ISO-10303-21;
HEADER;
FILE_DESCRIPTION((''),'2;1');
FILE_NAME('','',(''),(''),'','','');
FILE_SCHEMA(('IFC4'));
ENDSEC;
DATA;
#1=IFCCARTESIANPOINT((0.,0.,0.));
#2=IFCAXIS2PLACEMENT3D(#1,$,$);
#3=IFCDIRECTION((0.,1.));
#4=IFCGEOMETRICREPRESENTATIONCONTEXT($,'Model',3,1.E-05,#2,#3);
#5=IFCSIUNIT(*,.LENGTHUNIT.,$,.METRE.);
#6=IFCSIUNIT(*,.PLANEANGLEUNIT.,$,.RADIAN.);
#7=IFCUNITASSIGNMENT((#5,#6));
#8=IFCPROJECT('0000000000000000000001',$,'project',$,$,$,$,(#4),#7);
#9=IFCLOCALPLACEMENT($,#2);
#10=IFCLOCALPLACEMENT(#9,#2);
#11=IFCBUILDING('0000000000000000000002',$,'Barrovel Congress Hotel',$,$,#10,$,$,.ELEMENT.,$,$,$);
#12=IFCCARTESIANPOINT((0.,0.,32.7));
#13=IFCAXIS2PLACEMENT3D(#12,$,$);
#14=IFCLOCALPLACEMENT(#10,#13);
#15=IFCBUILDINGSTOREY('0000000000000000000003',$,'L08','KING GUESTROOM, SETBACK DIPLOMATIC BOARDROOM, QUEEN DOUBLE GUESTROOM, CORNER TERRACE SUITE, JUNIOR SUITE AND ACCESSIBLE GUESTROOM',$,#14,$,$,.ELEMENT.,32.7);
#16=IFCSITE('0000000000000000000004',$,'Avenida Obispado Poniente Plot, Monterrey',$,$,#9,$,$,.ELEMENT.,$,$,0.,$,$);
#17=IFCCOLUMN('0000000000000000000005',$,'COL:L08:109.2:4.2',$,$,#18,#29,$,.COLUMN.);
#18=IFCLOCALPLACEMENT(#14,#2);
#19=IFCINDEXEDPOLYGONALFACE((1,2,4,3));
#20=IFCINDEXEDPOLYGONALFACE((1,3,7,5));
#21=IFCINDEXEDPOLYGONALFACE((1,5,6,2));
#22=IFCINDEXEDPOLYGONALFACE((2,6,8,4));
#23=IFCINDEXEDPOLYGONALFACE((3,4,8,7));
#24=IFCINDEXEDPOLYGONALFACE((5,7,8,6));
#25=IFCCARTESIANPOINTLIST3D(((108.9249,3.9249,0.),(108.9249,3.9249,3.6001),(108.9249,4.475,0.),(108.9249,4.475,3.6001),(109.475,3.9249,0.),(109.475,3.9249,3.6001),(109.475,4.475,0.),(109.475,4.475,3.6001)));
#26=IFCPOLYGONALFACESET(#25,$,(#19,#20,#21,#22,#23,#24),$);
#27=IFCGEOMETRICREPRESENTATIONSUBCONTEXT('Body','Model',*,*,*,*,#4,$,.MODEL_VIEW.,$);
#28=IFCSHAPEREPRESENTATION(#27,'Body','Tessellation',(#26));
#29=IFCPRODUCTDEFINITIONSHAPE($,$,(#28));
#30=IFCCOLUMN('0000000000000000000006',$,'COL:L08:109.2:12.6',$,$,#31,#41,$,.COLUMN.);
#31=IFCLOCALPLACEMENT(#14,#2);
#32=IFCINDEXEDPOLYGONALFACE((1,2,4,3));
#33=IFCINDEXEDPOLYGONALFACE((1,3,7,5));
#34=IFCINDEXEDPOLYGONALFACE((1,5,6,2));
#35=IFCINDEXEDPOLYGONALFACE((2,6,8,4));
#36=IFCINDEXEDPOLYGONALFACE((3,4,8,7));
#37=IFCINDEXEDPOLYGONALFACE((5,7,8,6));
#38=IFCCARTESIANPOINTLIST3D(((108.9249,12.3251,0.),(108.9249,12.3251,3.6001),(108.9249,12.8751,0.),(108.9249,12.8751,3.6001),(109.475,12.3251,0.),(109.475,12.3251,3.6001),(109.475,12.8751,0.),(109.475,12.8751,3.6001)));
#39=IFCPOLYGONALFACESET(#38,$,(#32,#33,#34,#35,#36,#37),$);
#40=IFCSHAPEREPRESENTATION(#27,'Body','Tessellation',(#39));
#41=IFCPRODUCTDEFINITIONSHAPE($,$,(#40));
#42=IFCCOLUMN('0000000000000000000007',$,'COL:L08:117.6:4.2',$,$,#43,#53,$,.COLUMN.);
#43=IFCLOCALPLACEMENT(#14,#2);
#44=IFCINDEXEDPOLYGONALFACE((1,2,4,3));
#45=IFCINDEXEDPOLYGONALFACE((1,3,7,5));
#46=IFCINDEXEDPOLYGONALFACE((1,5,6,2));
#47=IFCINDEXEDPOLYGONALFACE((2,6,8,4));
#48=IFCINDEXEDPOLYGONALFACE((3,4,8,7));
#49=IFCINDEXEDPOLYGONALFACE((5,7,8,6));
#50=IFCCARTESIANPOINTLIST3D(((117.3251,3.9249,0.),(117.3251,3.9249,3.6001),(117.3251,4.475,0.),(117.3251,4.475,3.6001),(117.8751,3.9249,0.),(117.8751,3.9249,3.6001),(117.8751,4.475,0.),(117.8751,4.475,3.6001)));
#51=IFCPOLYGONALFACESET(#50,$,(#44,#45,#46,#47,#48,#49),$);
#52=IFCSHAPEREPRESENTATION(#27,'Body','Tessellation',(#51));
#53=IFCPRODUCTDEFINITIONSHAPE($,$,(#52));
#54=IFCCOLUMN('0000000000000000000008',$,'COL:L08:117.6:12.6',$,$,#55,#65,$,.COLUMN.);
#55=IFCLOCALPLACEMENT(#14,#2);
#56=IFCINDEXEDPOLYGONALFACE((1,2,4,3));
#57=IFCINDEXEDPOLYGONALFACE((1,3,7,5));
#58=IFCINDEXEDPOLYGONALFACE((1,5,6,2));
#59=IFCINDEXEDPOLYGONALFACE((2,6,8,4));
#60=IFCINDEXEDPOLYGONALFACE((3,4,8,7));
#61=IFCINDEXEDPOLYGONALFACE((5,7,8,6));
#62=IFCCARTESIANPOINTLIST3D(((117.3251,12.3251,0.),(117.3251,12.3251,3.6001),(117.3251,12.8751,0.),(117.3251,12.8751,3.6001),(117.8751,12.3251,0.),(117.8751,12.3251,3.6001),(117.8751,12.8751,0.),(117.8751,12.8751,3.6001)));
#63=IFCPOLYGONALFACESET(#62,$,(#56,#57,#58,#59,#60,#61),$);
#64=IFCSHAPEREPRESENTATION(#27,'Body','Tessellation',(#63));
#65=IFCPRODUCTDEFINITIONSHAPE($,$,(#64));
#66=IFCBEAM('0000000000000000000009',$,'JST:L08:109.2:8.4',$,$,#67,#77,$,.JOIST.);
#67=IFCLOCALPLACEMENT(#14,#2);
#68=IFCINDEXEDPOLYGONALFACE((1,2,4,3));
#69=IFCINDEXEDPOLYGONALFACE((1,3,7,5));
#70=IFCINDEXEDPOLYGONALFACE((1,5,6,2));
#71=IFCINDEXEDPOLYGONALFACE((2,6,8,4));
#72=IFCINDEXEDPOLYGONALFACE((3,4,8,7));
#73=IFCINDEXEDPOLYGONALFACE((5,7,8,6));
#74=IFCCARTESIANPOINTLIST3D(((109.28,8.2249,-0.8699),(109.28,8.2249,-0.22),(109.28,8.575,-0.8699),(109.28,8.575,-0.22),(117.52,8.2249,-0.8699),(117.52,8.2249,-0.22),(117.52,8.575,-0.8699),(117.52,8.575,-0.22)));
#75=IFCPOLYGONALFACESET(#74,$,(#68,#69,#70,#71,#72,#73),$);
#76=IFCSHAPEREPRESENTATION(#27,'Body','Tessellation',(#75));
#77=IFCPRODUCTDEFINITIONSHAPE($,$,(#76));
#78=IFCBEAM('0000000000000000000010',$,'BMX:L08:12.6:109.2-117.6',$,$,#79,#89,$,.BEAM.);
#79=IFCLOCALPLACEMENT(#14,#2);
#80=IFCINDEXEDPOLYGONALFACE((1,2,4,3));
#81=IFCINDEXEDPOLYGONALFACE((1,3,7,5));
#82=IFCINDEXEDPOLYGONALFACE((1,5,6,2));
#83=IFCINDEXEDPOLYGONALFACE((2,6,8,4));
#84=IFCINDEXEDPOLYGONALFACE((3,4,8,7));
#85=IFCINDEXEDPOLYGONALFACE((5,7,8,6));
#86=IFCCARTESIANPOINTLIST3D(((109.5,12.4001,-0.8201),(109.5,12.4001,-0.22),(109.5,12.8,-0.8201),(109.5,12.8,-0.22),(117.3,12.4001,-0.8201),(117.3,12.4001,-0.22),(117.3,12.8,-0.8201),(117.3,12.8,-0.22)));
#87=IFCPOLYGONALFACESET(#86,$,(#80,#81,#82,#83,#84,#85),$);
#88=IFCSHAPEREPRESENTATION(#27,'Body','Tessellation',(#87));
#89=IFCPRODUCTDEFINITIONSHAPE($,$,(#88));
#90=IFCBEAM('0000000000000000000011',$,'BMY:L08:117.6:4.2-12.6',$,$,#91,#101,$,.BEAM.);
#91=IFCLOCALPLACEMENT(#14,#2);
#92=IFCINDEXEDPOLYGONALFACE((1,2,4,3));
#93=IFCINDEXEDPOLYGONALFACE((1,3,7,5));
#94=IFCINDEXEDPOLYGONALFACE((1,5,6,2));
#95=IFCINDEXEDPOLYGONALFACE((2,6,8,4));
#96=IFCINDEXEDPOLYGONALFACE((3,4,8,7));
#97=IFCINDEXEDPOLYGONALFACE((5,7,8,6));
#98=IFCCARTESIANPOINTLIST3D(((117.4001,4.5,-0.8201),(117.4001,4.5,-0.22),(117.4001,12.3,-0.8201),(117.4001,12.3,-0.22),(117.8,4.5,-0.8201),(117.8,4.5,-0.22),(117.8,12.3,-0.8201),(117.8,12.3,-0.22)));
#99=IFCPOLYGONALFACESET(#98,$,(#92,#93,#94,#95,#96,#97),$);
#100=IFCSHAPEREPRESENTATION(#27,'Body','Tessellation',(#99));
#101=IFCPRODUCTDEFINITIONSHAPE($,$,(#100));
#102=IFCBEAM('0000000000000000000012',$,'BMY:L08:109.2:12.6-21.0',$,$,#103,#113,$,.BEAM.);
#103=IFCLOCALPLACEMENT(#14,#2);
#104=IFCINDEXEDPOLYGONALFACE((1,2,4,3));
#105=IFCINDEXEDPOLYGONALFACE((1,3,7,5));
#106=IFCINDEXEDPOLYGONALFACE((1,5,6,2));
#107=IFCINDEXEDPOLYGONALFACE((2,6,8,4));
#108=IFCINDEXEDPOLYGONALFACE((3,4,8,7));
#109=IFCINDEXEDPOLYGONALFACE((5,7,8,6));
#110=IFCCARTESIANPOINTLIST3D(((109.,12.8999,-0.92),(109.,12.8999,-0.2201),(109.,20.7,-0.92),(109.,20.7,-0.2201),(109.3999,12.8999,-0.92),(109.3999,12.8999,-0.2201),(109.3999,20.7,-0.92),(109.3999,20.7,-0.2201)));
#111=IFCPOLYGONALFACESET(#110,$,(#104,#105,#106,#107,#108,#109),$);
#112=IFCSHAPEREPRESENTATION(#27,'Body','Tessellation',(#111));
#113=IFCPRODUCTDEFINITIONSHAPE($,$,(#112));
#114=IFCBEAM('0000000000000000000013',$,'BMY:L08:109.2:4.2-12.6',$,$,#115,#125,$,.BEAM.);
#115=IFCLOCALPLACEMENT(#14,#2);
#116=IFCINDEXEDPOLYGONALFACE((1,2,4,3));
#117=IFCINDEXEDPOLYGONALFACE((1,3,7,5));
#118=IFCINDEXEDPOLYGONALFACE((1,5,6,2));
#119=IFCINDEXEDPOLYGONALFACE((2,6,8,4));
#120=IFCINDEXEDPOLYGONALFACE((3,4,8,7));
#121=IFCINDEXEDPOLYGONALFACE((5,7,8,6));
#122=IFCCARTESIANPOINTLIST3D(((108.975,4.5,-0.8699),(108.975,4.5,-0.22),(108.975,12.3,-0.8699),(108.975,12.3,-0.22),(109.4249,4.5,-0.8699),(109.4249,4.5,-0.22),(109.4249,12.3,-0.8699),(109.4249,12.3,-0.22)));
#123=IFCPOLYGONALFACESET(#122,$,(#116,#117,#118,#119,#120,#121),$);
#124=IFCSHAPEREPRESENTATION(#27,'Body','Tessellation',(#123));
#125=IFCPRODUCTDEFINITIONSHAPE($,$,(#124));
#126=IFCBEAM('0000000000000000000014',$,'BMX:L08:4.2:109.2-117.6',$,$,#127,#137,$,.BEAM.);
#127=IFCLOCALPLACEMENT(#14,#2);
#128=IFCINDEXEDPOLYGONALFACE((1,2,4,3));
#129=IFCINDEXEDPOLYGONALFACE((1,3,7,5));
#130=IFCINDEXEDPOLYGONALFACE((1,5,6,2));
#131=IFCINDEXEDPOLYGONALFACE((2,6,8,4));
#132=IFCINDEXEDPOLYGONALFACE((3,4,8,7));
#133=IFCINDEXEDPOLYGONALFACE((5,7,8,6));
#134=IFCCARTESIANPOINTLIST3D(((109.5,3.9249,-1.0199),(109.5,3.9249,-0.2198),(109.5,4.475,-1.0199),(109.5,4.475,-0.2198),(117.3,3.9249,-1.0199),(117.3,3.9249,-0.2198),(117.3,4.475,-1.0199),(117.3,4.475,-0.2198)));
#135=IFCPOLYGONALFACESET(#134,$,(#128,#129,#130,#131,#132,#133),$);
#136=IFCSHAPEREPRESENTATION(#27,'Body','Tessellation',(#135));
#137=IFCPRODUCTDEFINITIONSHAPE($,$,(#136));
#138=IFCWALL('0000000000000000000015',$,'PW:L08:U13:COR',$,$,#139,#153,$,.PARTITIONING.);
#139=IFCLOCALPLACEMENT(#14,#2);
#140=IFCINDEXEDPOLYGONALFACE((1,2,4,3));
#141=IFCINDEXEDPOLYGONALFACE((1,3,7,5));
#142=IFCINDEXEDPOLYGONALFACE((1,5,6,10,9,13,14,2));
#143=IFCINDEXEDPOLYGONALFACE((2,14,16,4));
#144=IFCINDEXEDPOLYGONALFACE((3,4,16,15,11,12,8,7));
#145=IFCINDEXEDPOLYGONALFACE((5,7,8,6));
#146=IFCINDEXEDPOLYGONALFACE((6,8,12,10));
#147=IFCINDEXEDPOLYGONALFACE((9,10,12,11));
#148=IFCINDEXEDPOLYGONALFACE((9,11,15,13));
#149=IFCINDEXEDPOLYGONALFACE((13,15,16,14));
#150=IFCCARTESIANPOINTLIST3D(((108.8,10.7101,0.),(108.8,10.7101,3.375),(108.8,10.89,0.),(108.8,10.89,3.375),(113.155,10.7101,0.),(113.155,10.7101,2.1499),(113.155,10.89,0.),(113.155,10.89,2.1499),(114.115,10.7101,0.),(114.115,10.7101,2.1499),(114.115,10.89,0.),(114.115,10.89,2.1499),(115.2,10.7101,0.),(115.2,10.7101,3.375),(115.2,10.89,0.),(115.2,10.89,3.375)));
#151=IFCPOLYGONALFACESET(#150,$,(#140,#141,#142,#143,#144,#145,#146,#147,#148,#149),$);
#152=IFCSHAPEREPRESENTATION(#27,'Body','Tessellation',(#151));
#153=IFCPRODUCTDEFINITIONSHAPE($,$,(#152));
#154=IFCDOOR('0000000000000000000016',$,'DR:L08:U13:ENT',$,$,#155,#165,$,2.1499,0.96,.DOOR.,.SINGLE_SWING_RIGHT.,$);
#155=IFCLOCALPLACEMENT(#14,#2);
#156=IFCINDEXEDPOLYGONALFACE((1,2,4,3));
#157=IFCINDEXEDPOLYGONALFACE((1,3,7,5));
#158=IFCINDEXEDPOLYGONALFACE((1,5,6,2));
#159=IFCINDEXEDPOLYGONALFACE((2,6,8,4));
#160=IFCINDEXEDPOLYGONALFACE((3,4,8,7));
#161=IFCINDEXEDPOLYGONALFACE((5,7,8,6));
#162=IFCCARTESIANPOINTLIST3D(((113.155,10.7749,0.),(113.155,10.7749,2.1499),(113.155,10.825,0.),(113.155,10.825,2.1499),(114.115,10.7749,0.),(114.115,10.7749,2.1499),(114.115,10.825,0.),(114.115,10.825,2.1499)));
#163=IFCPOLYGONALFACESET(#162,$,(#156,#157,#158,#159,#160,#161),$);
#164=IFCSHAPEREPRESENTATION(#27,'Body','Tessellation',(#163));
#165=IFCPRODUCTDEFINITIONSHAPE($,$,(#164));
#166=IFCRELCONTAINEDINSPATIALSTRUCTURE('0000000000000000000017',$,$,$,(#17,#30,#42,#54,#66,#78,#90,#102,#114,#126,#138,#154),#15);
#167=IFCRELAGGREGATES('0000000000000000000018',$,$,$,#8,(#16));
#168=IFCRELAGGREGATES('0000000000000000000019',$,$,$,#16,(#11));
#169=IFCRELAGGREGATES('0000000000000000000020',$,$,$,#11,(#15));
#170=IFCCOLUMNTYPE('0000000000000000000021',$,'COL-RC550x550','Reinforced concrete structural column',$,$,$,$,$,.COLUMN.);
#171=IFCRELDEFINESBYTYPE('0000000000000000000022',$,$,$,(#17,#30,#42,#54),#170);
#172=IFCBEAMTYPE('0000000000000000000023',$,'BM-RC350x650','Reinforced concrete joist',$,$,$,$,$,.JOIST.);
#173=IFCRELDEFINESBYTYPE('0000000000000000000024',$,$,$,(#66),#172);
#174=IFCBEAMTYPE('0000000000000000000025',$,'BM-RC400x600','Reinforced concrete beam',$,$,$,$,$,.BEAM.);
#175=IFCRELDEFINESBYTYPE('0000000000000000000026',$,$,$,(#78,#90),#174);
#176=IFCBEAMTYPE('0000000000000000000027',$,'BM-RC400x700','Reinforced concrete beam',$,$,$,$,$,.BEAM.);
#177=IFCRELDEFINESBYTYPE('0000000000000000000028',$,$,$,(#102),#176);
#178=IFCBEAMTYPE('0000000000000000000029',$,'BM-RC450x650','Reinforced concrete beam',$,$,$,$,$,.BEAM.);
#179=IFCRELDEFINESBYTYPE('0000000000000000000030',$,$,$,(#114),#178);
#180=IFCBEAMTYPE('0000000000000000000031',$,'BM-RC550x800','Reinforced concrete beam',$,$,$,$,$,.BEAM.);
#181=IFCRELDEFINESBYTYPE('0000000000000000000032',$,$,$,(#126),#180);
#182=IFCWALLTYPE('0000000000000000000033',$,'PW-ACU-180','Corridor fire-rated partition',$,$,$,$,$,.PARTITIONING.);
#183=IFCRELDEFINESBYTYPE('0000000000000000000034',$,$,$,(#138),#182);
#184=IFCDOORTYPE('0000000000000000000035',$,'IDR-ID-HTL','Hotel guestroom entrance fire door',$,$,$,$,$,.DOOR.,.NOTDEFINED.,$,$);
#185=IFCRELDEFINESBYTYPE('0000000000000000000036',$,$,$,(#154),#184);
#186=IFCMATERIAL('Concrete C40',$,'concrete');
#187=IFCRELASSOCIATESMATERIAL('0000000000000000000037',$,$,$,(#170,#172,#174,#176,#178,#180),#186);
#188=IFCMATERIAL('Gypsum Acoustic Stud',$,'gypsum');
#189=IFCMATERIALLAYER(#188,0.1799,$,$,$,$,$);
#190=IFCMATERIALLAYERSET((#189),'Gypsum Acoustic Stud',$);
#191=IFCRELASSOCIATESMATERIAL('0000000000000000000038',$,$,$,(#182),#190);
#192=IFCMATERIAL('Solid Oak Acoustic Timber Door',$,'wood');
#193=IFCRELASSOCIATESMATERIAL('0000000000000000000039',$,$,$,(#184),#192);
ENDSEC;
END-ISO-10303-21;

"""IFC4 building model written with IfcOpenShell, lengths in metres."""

from ifc_helpers import new_model, si_unit, direction, frame, frame_2d, origin, origin_2d, place, context, subcontext, project, spatial, rectangle, extrude, material, layer, layer_set, material_profile, profile_set, type_object, element, fill, save


model = new_model("IFC4")

# Units and contexts
model_context = context("Model", 3, precision=1e-05, world=origin(), true_north=direction((0.0, 1.0)))
body_context = subcontext(model_context, "Body", "Model", "MODEL_VIEW")
ifc_project = project(units=[si_unit("LENGTHUNIT", "METRE"), si_unit("PLANEANGLEUNIT", "RADIAN")], contexts=[model_context])

# Site, building, storey
site_placement = place(None, origin())
site = spatial("IfcSite", under=ifc_project, at=site_placement, Name="Avenida Obispado Poniente Plot, Monterrey", CompositionType="ELEMENT", RefElevation=0.0)
building_placement = place(site_placement, origin())
building = spatial("IfcBuilding", under=site, at=building_placement, Name="Barrovel Congress Hotel", CompositionType="ELEMENT")
storey_placement = place(building_placement, frame((0.0, 0.0, 32.7)))
storey = spatial("IfcBuildingStorey", under=building, at=storey_placement, Name="L08", Description="KING GUESTROOM, SETBACK DIPLOMATIC BOARDROOM, QUEEN DOUBLE GUESTROOM, CORNER TERRACE SUITE, JUNIOR SUITE AND ACCESSIBLE GUESTROOM", CompositionType="ELEMENT", Elevation=32.7)

# Columns
ifc_material_1 = material(Name="Concrete C40", Category="concrete")
ifc_material_profile_1 = material_profile(ifc_material_1, rectangle(XDim=0.55, YDim=0.55, at=origin_2d()), Name="RC550x550")
ifc_profile_set_1 = profile_set([ifc_material_profile_1], Name="Concrete C40")
column_type = type_object("IfcColumnType", Name="COL-RC550x550", Description="Reinforced concrete structural column", PredefinedType="COLUMN", material=ifc_profile_set_1)
for number, where, z_axis, x_axis, name in (
    (1, (109.2, 4.2, 0.0), (0.0, 0.0, 1.0), (1.0, 0.0, 0.0), "COL:L08:109.2:4.2"),
    (2, (109.2, 12.6001, 0.0), (0.0, 0.0, 1.0), (1.0, 0.0, 0.0), "COL:L08:109.2:12.6"),
    (3, (117.6001, 4.2, 0.0), (0.0, 0.0, 1.0), (1.0, 0.0, 0.0), "COL:L08:117.6:4.2"),
    (4, (117.6001, 12.6001, 0.0), (0.0, 0.0, 1.0), (1.0, 0.0, 0.0), "COL:L08:117.6:12.6"),
):
    element("IfcColumn", number, at=place(storey_placement, frame(where, z_axis=z_axis, x_axis=x_axis)), inside=storey, type_object=column_type, Name=name, PredefinedType="COLUMN", context=body_context, shape_type="SweptSolid", body=[
        extrude(rectangle(XDim=0.55, YDim=0.55, at=origin_2d()), origin(), (0.0, 0.0, 1.0), 3.6001),
    ])

# Beams
ifc_material_profile_2 = material_profile(ifc_material_1, rectangle(XDim=0.3501, YDim=0.6499, at=origin_2d()), Name="RC350x650")
ifc_profile_set_2 = profile_set([ifc_material_profile_2], Name="Concrete C40")
beam_type_1 = type_object("IfcBeamType", Name="BM-RC350x650", Description="Reinforced concrete joist", PredefinedType="JOIST", material=ifc_profile_set_2)
beam_1_placement = place(storey_placement, frame((109.28, 8.3999, -0.5449), z_axis=(1.0, 0.0, 0.0), x_axis=(0.0, 1.0, 0.0)))
element("IfcBeam", 5, at=beam_1_placement, inside=storey, type_object=beam_type_1, Name="JST:L08:109.2:8.4", PredefinedType="JOIST", context=body_context, shape_type="SweptSolid", body=[
    extrude(rectangle(XDim=0.3501, YDim=0.6499, at=origin_2d()), origin(), (0.0, 0.0, 1.0), 8.24),
])
ifc_material_profile_3 = material_profile(ifc_material_1, rectangle(XDim=0.3999, YDim=0.6001, at=origin_2d()), Name="RC400x600")
ifc_profile_set_3 = profile_set([ifc_material_profile_3], Name="Concrete C40")
beam_type_2 = type_object("IfcBeamType", Name="BM-RC400x600", Description="Reinforced concrete beam", PredefinedType="BEAM", material=ifc_profile_set_3)
for number, where, z_axis, x_axis, name in (
    (6, (109.5, 12.6001, -0.52), (1.0, 0.0, 0.0), (0.0, 1.0, 0.0), "BMX:L08:12.6:109.2-117.6"),
    (7, (117.6001, 4.5, -0.52), (0.0, 1.0, 0.0), (-1.0, 0.0, 0.0), "BMY:L08:117.6:4.2-12.6"),
):
    element("IfcBeam", number, at=place(storey_placement, frame(where, z_axis=z_axis, x_axis=x_axis)), inside=storey, type_object=beam_type_2, Name=name, PredefinedType="BEAM", context=body_context, shape_type="SweptSolid", body=[
        extrude(rectangle(XDim=0.3999, YDim=0.6001, at=origin_2d()), origin(), (0.0, 0.0, 1.0), 7.8),
    ])
ifc_material_profile_4 = material_profile(ifc_material_1, rectangle(XDim=0.3999, YDim=0.7, at=origin_2d()), Name="RC400x700")
ifc_profile_set_4 = profile_set([ifc_material_profile_4], Name="Concrete C40")
beam_type_3 = type_object("IfcBeamType", Name="BM-RC400x700", Description="Reinforced concrete beam", PredefinedType="BEAM", material=ifc_profile_set_4)
beam_2_placement = place(storey_placement, frame((109.2, 12.8999, -0.5701), z_axis=(0.0, 1.0, 0.0), x_axis=(-1.0, 0.0, 0.0)))
element("IfcBeam", 8, at=beam_2_placement, inside=storey, type_object=beam_type_3, Name="BMY:L08:109.2:12.6-21.0", PredefinedType="BEAM", context=body_context, shape_type="SweptSolid", body=[
    extrude(rectangle(XDim=0.3999, YDim=0.7, at=origin_2d()), origin(), (0.0, 0.0, 1.0), 7.8),
])
ifc_material_profile_5 = material_profile(ifc_material_1, rectangle(XDim=0.45, YDim=0.6499, at=origin_2d()), Name="RC450x650")
ifc_profile_set_5 = profile_set([ifc_material_profile_5], Name="Concrete C40")
beam_type_4 = type_object("IfcBeamType", Name="BM-RC450x650", Description="Reinforced concrete beam", PredefinedType="BEAM", material=ifc_profile_set_5)
beam_3_placement = place(storey_placement, frame((109.2, 4.5, -0.5449), z_axis=(0.0, 1.0, 0.0), x_axis=(-1.0, 0.0, 0.0)))
element("IfcBeam", 9, at=beam_3_placement, inside=storey, type_object=beam_type_4, Name="BMY:L08:109.2:4.2-12.6", PredefinedType="BEAM", context=body_context, shape_type="SweptSolid", body=[
    extrude(rectangle(XDim=0.45, YDim=0.6499, at=origin_2d()), origin(), (0.0, 0.0, 1.0), 7.8),
])
ifc_material_profile_6 = material_profile(ifc_material_1, rectangle(XDim=0.55, YDim=0.8, at=origin_2d()), Name="RC550x800")
ifc_profile_set_6 = profile_set([ifc_material_profile_6], Name="Concrete C40")
beam_type_5 = type_object("IfcBeamType", Name="BM-RC550x800", Description="Reinforced concrete beam", PredefinedType="BEAM", material=ifc_profile_set_6)
beam_4_placement = place(storey_placement, frame((109.5, 4.2, -0.6199), z_axis=(1.0, 0.0, 0.0), x_axis=(0.0, 1.0, 0.0)))
element("IfcBeam", 10, at=beam_4_placement, inside=storey, type_object=beam_type_5, Name="BMX:L08:4.2:109.2-117.6", PredefinedType="BEAM", context=body_context, shape_type="SweptSolid", body=[
    extrude(rectangle(XDim=0.55, YDim=0.8, at=origin_2d()), origin(), (0.0, 0.0, 1.0), 7.8),
])

# Wall, opening, door
ifc_material_2 = material(Name="Gypsum Acoustic Stud", Category="gypsum")
ifc_layer_1 = layer(ifc_material_2, 0.1799)
ifc_layer_set_1 = layer_set([ifc_layer_1], Name="Gypsum Acoustic Stud")
wall_type_1 = type_object("IfcWallType", Name="PW-ACU-180", Description="Corridor fire-rated partition", PredefinedType="PARTITIONING", material=ifc_layer_set_1)
wall_1_placement = place(storey_placement, frame((108.8, 10.8, 0.0), z_axis=(0.0, 0.0, 1.0), x_axis=(1.0, 0.0, 0.0)))
wall_1 = element("IfcWall", 11, at=wall_1_placement, inside=storey, type_object=wall_type_1, Name="PW:L08:U13:COR", PredefinedType="PARTITIONING", context=body_context, shape_type="SweptSolid", body=[
    extrude(rectangle(XDim=6.3999, YDim=0.1799, at=frame_2d((3.2, 0.0))), origin(), (0.0, 0.0, 1.0), 3.375),
])
opening_1_placement = place(wall_1_placement, frame((4.355, 0.0, 0.0)))
opening_1 = element("IfcOpeningElement", 12, at=opening_1_placement, cuts=wall_1, PredefinedType="OPENING", context=body_context, shape_type="SweptSolid", body=[
    extrude(rectangle(XDim=0.96, YDim=2.1499, at=frame_2d((0.48, 1.075))), frame((0.0, 0.1001, 0.0), z_axis=(0.0, -1.0, 0.0), x_axis=(1.0, 0.0, 0.0)), (0.0, 0.0, 1.0), 0.2),
])
ifc_material_3 = material(Name="Solid Oak Acoustic Timber Door", Category="wood")
door_type_1 = type_object("IfcDoorType", Name="IDR-ID-HTL", Description="Hotel guestroom entrance fire door", OperationType="NOTDEFINED", PredefinedType="DOOR", material=ifc_material_3)
door_1_placement = place(opening_1_placement, origin())
door_1 = element("IfcDoor", 13, at=door_1_placement, inside=storey, type_object=door_type_1, Name="DR:L08:U13:ENT", OperationType="SINGLE_SWING_RIGHT", OverallHeight=2.1499, OverallWidth=0.96, PredefinedType="DOOR", context=body_context, shape_type="SweptSolid", body=[
    extrude(rectangle(XDim=0.96, YDim=2.1499, at=frame_2d((0.48, 1.075))), frame((0.0, 0.0249, 0.0), z_axis=(0.0, -1.0, 0.0), x_axis=(1.0, 0.0, 0.0)), (0.0, 0.0, 1.0), 0.05),
])
fill(opening_1, door_1)

save(model, "model.ifc")
